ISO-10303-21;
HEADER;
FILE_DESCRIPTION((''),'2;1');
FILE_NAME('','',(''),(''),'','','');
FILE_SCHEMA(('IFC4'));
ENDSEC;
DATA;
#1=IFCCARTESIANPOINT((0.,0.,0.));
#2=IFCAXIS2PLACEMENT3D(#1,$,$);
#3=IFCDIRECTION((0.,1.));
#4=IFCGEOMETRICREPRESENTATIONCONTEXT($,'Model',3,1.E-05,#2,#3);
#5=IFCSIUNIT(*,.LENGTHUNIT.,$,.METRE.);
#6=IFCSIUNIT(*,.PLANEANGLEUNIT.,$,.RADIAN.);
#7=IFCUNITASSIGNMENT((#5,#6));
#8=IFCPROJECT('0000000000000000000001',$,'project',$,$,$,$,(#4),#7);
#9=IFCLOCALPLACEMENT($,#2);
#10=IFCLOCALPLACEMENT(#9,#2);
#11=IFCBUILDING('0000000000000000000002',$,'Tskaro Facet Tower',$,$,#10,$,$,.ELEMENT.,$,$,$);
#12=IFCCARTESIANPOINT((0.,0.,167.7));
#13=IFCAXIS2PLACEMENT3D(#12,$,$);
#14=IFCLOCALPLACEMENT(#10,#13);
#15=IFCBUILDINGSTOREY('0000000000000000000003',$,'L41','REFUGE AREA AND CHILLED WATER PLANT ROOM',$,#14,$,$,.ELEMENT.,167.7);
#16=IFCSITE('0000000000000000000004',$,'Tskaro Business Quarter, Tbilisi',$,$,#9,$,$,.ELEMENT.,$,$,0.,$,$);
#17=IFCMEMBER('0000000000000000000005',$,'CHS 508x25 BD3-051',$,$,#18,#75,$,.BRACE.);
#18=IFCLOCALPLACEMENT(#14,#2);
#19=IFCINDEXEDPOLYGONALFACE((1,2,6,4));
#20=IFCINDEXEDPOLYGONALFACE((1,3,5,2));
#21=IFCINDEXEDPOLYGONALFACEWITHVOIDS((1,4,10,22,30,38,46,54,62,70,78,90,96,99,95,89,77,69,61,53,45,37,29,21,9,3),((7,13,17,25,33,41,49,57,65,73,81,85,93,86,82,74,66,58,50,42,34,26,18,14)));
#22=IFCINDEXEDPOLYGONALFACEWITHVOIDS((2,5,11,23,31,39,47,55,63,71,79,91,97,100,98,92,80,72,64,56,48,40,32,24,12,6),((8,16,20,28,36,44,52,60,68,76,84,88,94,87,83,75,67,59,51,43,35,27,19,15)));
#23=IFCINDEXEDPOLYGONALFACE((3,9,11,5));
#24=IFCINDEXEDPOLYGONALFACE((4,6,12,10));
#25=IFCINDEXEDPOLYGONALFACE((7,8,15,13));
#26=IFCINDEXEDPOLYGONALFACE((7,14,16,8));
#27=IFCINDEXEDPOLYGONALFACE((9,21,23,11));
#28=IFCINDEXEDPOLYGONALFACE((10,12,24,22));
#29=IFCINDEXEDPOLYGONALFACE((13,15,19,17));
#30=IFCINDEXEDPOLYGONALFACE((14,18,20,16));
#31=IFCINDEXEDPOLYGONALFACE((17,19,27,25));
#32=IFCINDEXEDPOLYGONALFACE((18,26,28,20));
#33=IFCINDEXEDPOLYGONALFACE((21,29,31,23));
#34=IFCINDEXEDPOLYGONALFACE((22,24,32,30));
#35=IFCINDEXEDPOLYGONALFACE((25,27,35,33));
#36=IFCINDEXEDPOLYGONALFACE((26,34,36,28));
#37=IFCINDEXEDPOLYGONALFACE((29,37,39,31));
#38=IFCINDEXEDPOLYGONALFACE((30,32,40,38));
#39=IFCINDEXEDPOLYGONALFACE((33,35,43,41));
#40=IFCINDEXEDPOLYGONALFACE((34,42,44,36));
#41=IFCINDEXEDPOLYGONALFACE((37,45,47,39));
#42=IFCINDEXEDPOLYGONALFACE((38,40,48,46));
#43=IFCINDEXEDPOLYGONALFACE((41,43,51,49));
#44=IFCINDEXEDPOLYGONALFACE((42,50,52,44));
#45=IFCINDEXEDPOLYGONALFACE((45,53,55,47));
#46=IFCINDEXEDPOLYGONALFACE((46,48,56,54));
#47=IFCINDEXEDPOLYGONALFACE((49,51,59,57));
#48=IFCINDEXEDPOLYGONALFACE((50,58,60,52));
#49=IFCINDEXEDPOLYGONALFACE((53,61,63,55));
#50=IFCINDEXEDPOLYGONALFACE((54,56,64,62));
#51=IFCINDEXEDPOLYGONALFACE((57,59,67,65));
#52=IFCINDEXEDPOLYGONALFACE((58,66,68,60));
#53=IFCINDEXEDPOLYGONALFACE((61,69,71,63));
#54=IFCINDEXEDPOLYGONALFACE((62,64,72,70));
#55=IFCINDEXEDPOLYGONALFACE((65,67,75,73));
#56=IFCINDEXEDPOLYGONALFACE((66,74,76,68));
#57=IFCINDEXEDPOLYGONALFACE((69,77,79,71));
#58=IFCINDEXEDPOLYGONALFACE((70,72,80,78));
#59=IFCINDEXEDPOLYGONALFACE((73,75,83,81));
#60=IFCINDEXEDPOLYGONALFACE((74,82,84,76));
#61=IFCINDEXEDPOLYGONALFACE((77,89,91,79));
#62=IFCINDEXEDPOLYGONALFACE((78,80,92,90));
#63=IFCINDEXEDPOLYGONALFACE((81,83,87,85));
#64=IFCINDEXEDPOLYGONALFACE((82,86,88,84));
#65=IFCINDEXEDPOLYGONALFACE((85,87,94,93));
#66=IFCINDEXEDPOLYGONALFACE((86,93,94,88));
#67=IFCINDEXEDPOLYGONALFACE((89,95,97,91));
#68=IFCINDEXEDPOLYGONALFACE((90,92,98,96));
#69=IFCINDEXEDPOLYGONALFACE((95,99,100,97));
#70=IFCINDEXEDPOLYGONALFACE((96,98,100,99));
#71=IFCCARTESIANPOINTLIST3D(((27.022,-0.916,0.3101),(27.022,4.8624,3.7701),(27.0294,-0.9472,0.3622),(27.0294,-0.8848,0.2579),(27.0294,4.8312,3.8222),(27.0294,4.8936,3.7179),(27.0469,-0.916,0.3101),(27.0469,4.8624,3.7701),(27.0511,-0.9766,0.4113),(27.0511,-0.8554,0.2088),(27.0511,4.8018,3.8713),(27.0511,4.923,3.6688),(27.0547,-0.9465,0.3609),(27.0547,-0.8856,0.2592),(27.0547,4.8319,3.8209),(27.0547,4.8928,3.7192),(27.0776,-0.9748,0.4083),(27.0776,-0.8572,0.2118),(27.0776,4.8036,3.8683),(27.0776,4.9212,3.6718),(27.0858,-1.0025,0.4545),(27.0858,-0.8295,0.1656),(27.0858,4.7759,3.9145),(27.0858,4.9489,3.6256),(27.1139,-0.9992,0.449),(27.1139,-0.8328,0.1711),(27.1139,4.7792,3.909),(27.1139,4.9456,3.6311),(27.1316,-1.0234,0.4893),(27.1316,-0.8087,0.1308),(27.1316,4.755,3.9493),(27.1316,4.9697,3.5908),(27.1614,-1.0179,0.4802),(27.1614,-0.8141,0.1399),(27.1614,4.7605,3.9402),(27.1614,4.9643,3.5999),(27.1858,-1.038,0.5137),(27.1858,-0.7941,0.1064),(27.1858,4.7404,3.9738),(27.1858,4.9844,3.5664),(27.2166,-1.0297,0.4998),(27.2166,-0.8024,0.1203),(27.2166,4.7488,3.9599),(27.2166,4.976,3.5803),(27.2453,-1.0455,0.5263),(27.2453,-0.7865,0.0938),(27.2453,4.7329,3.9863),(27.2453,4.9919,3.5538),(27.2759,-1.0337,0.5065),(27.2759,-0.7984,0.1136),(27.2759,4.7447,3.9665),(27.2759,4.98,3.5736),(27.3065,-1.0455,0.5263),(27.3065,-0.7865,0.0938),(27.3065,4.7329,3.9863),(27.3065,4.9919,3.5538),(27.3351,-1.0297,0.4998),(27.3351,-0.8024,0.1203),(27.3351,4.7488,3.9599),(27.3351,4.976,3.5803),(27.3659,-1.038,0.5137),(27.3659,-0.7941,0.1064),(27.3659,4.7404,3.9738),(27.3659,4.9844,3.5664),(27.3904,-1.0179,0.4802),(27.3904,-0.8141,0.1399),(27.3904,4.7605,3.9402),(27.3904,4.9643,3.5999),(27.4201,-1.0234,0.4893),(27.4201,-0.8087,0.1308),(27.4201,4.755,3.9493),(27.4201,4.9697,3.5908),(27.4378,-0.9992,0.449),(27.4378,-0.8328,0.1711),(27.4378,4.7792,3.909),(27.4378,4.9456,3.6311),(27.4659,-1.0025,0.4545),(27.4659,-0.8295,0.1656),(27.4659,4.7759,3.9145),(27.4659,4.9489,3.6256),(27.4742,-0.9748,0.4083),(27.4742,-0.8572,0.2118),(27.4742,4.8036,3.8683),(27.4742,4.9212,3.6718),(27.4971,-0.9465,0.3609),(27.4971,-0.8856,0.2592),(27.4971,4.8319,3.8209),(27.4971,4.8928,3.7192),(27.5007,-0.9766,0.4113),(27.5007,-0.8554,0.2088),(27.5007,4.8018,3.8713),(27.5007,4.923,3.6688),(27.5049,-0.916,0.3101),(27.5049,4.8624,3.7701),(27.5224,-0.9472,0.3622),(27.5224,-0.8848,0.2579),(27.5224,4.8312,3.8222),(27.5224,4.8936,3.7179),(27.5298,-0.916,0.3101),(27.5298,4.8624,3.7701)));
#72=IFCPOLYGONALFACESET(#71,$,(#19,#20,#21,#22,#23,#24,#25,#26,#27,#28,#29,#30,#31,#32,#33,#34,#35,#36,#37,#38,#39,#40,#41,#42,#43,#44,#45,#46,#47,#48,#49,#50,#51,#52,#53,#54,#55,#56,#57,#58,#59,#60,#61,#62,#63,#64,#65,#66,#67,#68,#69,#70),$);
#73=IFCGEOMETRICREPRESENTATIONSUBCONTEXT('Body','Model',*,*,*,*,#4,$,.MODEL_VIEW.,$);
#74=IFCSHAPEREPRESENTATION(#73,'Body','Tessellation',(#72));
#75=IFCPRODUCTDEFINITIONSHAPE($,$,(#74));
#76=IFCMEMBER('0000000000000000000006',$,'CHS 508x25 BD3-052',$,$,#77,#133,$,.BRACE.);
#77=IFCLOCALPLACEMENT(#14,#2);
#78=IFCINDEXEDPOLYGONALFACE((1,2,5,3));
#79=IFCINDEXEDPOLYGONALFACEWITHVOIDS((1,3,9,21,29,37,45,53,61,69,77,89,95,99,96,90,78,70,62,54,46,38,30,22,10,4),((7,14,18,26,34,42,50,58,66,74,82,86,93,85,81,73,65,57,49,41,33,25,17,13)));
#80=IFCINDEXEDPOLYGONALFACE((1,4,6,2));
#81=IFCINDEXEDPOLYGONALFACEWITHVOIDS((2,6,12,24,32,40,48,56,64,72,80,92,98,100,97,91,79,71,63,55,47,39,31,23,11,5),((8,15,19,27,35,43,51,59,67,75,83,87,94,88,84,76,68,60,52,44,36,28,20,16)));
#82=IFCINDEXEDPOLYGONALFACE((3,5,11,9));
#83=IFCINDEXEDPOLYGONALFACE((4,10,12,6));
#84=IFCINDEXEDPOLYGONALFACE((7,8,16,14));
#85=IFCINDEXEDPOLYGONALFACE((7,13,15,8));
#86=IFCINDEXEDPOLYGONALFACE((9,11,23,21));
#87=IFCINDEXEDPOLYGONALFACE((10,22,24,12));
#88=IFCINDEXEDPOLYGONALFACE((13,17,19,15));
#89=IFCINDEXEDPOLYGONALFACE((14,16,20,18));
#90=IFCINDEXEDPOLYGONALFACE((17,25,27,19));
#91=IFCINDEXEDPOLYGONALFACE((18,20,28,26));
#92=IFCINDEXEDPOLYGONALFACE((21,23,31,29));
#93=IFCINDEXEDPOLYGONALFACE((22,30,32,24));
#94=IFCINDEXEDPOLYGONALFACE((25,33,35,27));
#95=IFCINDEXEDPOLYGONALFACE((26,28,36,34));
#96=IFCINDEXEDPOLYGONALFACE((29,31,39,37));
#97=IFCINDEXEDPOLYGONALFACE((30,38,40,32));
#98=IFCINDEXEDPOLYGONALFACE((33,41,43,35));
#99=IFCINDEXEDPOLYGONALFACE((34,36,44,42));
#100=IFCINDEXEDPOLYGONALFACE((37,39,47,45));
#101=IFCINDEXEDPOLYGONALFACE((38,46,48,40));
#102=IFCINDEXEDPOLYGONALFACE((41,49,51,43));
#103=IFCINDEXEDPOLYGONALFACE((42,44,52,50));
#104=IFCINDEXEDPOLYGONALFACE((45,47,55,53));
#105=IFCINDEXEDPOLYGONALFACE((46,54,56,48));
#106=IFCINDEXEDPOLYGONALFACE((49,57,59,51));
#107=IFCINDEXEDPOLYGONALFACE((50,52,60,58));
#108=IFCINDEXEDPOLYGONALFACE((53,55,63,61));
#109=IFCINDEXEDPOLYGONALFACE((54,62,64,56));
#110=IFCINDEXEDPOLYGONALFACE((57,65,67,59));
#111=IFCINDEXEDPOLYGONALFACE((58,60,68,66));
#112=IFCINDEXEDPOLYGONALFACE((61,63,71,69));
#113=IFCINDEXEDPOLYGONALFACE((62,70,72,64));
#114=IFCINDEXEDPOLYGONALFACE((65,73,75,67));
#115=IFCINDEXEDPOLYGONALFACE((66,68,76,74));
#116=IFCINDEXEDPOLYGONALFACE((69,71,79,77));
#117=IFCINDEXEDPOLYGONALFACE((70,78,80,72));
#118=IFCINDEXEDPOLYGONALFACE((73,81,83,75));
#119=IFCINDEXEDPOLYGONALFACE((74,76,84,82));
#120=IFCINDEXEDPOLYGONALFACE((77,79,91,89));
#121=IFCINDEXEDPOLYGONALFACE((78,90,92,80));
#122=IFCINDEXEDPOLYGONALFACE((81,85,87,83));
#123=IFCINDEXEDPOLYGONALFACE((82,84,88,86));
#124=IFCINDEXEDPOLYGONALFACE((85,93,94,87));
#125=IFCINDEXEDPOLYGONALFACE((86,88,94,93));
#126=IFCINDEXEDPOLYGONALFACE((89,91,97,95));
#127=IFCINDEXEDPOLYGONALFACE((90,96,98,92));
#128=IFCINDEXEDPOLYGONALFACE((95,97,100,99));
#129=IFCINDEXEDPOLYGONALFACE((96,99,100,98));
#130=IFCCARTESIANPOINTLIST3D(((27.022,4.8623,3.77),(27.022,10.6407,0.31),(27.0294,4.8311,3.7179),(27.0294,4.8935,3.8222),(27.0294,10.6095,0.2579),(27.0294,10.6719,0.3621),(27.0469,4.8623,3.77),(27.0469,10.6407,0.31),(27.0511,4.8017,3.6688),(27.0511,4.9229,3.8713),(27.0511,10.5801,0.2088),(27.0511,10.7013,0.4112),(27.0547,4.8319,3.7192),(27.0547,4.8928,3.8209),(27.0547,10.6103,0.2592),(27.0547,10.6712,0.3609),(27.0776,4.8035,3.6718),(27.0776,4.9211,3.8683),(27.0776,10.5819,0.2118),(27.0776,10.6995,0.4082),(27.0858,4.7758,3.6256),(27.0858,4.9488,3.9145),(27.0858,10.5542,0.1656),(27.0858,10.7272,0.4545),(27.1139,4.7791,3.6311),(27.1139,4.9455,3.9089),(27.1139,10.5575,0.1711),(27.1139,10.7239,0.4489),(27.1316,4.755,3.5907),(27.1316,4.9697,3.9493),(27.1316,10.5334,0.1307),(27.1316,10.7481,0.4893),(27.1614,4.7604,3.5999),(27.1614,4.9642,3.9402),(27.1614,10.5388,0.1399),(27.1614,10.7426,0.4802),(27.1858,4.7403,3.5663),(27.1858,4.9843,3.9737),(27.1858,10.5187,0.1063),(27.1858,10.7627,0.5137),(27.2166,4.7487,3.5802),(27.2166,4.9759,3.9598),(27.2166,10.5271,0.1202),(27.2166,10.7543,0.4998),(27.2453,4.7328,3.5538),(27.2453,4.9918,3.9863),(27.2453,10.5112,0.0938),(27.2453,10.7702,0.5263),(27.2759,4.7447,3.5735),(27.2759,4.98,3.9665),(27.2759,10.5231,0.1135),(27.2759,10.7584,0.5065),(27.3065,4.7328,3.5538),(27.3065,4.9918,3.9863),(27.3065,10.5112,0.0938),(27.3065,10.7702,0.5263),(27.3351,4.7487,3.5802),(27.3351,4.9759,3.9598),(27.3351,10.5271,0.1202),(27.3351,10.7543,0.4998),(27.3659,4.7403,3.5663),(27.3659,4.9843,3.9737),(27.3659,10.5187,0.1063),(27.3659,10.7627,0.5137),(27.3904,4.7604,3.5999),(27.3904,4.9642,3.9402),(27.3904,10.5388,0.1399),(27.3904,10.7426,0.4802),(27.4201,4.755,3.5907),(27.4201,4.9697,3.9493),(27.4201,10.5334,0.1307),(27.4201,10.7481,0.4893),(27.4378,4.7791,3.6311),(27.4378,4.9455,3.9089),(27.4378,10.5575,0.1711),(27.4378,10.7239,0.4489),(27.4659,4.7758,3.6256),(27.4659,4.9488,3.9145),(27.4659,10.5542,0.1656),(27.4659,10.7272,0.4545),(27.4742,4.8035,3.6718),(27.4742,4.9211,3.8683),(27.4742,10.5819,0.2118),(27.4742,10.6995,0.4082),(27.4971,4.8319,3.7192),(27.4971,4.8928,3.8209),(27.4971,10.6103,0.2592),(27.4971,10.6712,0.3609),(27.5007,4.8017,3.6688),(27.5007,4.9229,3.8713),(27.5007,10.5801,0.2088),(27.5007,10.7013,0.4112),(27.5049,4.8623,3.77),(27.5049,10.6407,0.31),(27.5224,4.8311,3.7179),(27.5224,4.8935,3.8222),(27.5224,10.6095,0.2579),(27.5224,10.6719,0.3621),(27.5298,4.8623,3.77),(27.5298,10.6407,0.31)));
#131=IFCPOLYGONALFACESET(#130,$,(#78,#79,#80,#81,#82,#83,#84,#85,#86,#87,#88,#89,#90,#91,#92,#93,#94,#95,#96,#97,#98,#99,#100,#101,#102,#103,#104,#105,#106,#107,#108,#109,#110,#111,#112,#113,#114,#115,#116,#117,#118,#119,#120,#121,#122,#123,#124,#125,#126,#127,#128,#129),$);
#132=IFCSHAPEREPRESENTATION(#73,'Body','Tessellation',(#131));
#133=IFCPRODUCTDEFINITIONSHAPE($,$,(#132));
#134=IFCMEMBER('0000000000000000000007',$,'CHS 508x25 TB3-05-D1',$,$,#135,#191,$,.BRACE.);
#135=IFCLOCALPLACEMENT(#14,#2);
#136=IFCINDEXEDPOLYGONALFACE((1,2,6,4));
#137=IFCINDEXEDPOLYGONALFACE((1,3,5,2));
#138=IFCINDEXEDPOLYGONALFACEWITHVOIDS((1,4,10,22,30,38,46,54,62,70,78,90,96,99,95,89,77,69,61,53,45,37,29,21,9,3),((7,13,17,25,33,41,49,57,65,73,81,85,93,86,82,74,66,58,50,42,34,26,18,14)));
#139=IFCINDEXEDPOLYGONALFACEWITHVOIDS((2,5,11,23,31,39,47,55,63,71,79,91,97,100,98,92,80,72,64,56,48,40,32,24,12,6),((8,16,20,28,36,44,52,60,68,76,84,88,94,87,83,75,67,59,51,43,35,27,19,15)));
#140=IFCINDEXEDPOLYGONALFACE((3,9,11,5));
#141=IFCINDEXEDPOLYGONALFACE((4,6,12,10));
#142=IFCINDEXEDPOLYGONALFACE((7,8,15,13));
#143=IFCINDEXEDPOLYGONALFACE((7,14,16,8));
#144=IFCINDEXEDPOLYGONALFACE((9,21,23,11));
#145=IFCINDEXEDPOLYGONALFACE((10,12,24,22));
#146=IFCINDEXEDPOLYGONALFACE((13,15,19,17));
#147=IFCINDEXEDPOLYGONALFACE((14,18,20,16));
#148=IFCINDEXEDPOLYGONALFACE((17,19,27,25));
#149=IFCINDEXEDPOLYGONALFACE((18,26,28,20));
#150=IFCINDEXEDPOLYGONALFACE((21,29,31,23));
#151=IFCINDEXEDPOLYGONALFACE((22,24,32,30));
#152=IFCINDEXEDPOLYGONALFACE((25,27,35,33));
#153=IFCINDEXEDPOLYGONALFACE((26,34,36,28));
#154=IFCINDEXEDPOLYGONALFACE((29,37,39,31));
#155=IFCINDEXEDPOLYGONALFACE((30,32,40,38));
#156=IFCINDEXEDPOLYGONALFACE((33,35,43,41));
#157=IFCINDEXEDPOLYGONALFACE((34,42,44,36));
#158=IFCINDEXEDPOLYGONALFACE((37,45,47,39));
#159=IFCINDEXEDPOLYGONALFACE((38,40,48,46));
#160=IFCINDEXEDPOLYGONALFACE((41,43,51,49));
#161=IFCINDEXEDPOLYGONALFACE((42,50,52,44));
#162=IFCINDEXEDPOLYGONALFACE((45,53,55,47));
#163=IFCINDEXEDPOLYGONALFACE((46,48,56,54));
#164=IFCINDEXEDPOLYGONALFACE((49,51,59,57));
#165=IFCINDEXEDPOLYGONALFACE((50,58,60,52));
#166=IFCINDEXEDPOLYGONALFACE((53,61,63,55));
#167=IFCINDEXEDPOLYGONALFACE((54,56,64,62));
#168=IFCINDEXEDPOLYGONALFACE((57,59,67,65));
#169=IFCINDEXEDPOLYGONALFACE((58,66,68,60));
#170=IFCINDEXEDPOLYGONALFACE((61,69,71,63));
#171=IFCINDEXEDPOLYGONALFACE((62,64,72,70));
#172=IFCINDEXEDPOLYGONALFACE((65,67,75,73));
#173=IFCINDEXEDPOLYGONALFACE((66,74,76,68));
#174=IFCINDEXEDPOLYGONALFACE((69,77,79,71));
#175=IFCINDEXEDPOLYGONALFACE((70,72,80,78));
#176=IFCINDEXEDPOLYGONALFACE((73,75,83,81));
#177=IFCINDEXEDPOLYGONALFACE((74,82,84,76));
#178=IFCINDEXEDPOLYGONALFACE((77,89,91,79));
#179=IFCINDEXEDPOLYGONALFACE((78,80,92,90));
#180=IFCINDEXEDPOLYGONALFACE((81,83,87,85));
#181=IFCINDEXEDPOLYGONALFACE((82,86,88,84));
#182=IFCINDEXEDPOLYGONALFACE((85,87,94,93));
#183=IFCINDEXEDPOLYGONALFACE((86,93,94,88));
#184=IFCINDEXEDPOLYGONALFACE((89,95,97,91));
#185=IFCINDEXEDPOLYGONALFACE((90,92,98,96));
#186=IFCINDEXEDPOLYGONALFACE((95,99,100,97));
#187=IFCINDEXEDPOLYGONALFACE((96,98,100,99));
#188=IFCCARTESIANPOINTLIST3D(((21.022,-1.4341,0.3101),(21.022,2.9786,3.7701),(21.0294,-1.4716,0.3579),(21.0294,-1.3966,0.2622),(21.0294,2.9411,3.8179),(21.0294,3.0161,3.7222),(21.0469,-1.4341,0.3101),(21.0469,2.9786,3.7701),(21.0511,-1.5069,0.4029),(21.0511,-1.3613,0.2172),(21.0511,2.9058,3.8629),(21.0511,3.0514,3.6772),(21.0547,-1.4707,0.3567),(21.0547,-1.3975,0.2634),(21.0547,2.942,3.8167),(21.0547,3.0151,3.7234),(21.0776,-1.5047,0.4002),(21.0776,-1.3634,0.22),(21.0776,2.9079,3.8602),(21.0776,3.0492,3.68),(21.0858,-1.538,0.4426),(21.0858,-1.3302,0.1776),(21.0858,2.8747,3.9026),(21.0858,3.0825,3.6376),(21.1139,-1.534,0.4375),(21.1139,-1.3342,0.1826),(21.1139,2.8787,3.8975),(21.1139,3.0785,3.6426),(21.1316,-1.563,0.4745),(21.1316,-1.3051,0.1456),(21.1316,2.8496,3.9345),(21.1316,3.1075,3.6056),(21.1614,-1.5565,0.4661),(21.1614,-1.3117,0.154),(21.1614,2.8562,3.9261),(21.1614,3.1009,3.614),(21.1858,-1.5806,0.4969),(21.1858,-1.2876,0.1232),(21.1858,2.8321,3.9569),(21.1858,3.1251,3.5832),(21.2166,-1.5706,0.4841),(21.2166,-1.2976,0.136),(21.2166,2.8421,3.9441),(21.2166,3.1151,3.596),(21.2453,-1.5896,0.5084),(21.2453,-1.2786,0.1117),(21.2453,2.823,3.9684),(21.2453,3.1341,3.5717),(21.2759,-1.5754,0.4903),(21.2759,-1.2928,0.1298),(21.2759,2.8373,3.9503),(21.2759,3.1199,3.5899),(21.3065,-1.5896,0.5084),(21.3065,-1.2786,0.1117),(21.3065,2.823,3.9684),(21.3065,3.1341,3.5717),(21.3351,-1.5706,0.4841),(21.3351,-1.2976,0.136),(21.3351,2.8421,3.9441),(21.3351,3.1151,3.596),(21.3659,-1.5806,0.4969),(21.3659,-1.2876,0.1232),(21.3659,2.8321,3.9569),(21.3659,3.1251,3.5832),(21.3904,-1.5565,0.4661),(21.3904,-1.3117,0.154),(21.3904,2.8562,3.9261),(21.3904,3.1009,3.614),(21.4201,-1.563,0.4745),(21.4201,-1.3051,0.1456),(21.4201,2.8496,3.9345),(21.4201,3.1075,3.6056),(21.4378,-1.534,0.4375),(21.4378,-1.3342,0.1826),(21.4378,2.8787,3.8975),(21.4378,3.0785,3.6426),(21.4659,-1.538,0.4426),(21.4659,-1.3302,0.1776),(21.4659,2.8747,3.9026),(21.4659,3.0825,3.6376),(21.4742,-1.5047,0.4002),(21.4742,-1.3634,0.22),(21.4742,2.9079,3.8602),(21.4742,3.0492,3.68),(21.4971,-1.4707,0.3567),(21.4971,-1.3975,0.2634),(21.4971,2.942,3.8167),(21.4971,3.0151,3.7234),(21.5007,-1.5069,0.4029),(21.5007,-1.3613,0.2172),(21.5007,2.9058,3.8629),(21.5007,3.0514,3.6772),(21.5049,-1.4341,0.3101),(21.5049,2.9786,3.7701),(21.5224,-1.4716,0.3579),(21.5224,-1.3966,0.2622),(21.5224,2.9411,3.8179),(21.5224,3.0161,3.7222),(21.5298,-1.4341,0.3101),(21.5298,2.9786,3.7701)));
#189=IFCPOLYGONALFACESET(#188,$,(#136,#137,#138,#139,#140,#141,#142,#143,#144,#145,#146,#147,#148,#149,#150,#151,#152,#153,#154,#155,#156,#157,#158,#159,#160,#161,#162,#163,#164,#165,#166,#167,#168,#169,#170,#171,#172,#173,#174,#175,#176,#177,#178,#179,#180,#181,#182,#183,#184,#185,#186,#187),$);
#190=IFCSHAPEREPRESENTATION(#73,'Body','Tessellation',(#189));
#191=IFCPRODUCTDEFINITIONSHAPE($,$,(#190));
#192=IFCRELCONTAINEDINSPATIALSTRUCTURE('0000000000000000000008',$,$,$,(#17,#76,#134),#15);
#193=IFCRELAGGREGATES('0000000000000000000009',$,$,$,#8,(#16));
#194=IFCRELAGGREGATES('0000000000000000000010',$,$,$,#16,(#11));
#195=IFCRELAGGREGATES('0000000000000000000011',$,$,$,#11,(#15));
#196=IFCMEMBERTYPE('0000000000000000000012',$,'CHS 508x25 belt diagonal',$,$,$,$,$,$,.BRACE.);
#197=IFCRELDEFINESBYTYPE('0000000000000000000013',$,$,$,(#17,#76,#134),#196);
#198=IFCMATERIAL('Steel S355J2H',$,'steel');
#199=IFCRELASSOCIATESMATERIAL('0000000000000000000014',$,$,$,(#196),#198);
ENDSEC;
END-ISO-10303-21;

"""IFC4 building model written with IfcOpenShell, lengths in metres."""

from ifc_helpers import new_model, si_unit, direction, frame, origin, origin_2d, place, context, subcontext, project, spatial, hollow_circle, extrude, material, material_profile, profile_set, type_object, element, save


model = new_model("IFC4")

# Units and contexts
model_context = context("Model", 3, precision=1e-05, world=origin(), true_north=direction((0.0, 1.0)))
body_context = subcontext(model_context, "Body", "Model", "MODEL_VIEW")
ifc_project = project(units=[si_unit("LENGTHUNIT", "METRE"), si_unit("PLANEANGLEUNIT", "RADIAN")], contexts=[model_context])

# Site, building, storey
site_placement = place(None, origin())
site = spatial("IfcSite", under=ifc_project, at=site_placement, Name="Tskaro Business Quarter, Tbilisi", CompositionType="ELEMENT", RefElevation=0.0)
building_placement = place(site_placement, origin())
building = spatial("IfcBuilding", under=site, at=building_placement, Name="Tskaro Facet Tower", CompositionType="ELEMENT")
storey_placement = place(building_placement, frame((0.0, 0.0, 167.7)))
storey = spatial("IfcBuildingStorey", under=building, at=storey_placement, Name="L41", Description="REFUGE AREA AND CHILLED WATER PLANT ROOM", CompositionType="ELEMENT", Elevation=167.7)

# Shared definitions
ifc_material_1 = material(Name="Steel S355J2H", Category="steel")

# Members
ifc_material_profile_1 = material_profile(ifc_material_1, hollow_circle(Radius=0.2539, WallThickness=0.0249, at=origin_2d()), Name="CHS 508x25")
ifc_profile_set_1 = profile_set([ifc_material_profile_1], Name="Steel S355J2H")
member_type_1 = type_object("IfcMemberType", Name="CHS 508x25 belt diagonal", PredefinedType="BRACE", material=ifc_profile_set_1)
for number, where, z_axis, x_axis, name in (
    (1, (27.2759, -0.916, 0.3101), (0.0, 0.857953, 0.513728), (-1.0, 0.0, 0.0), "CHS 508x25 BD3-051"),
    (2, (27.2759, 4.8623, 3.77), (0.0, 0.857953, -0.513728), (-1.0, 0.0, 0.0), "CHS 508x25 BD3-052"),
):
    element("IfcMember", number, at=place(storey_placement, frame(where, z_axis=z_axis, x_axis=x_axis)), inside=storey, type_object=member_type_1, Name=name, PredefinedType="BRACE", context=body_context, shape_type="SweptSolid", body=[
        extrude(hollow_circle(Radius=0.2539, WallThickness=0.0249, at=origin_2d()), origin(), (0.0, 0.0, 1.0), 6.7351),
    ])
for number, where, z_axis, x_axis, name in (
    (3, (21.2759, -1.4341, 0.3101), (0.0, 0.786931, 0.617041), (-1.0, 0.0, 0.0), "CHS 508x25 TB3-05-D1"),
):
    element("IfcMember", number, at=place(storey_placement, frame(where, z_axis=z_axis, x_axis=x_axis)), inside=storey, type_object=member_type_1, Name=name, PredefinedType="BRACE", context=body_context, shape_type="SweptSolid", body=[
        extrude(hollow_circle(Radius=0.2539, WallThickness=0.0249, at=origin_2d()), origin(), (0.0, 0.0, 1.0), 5.6074),
    ])

save(model, "model.ifc")
